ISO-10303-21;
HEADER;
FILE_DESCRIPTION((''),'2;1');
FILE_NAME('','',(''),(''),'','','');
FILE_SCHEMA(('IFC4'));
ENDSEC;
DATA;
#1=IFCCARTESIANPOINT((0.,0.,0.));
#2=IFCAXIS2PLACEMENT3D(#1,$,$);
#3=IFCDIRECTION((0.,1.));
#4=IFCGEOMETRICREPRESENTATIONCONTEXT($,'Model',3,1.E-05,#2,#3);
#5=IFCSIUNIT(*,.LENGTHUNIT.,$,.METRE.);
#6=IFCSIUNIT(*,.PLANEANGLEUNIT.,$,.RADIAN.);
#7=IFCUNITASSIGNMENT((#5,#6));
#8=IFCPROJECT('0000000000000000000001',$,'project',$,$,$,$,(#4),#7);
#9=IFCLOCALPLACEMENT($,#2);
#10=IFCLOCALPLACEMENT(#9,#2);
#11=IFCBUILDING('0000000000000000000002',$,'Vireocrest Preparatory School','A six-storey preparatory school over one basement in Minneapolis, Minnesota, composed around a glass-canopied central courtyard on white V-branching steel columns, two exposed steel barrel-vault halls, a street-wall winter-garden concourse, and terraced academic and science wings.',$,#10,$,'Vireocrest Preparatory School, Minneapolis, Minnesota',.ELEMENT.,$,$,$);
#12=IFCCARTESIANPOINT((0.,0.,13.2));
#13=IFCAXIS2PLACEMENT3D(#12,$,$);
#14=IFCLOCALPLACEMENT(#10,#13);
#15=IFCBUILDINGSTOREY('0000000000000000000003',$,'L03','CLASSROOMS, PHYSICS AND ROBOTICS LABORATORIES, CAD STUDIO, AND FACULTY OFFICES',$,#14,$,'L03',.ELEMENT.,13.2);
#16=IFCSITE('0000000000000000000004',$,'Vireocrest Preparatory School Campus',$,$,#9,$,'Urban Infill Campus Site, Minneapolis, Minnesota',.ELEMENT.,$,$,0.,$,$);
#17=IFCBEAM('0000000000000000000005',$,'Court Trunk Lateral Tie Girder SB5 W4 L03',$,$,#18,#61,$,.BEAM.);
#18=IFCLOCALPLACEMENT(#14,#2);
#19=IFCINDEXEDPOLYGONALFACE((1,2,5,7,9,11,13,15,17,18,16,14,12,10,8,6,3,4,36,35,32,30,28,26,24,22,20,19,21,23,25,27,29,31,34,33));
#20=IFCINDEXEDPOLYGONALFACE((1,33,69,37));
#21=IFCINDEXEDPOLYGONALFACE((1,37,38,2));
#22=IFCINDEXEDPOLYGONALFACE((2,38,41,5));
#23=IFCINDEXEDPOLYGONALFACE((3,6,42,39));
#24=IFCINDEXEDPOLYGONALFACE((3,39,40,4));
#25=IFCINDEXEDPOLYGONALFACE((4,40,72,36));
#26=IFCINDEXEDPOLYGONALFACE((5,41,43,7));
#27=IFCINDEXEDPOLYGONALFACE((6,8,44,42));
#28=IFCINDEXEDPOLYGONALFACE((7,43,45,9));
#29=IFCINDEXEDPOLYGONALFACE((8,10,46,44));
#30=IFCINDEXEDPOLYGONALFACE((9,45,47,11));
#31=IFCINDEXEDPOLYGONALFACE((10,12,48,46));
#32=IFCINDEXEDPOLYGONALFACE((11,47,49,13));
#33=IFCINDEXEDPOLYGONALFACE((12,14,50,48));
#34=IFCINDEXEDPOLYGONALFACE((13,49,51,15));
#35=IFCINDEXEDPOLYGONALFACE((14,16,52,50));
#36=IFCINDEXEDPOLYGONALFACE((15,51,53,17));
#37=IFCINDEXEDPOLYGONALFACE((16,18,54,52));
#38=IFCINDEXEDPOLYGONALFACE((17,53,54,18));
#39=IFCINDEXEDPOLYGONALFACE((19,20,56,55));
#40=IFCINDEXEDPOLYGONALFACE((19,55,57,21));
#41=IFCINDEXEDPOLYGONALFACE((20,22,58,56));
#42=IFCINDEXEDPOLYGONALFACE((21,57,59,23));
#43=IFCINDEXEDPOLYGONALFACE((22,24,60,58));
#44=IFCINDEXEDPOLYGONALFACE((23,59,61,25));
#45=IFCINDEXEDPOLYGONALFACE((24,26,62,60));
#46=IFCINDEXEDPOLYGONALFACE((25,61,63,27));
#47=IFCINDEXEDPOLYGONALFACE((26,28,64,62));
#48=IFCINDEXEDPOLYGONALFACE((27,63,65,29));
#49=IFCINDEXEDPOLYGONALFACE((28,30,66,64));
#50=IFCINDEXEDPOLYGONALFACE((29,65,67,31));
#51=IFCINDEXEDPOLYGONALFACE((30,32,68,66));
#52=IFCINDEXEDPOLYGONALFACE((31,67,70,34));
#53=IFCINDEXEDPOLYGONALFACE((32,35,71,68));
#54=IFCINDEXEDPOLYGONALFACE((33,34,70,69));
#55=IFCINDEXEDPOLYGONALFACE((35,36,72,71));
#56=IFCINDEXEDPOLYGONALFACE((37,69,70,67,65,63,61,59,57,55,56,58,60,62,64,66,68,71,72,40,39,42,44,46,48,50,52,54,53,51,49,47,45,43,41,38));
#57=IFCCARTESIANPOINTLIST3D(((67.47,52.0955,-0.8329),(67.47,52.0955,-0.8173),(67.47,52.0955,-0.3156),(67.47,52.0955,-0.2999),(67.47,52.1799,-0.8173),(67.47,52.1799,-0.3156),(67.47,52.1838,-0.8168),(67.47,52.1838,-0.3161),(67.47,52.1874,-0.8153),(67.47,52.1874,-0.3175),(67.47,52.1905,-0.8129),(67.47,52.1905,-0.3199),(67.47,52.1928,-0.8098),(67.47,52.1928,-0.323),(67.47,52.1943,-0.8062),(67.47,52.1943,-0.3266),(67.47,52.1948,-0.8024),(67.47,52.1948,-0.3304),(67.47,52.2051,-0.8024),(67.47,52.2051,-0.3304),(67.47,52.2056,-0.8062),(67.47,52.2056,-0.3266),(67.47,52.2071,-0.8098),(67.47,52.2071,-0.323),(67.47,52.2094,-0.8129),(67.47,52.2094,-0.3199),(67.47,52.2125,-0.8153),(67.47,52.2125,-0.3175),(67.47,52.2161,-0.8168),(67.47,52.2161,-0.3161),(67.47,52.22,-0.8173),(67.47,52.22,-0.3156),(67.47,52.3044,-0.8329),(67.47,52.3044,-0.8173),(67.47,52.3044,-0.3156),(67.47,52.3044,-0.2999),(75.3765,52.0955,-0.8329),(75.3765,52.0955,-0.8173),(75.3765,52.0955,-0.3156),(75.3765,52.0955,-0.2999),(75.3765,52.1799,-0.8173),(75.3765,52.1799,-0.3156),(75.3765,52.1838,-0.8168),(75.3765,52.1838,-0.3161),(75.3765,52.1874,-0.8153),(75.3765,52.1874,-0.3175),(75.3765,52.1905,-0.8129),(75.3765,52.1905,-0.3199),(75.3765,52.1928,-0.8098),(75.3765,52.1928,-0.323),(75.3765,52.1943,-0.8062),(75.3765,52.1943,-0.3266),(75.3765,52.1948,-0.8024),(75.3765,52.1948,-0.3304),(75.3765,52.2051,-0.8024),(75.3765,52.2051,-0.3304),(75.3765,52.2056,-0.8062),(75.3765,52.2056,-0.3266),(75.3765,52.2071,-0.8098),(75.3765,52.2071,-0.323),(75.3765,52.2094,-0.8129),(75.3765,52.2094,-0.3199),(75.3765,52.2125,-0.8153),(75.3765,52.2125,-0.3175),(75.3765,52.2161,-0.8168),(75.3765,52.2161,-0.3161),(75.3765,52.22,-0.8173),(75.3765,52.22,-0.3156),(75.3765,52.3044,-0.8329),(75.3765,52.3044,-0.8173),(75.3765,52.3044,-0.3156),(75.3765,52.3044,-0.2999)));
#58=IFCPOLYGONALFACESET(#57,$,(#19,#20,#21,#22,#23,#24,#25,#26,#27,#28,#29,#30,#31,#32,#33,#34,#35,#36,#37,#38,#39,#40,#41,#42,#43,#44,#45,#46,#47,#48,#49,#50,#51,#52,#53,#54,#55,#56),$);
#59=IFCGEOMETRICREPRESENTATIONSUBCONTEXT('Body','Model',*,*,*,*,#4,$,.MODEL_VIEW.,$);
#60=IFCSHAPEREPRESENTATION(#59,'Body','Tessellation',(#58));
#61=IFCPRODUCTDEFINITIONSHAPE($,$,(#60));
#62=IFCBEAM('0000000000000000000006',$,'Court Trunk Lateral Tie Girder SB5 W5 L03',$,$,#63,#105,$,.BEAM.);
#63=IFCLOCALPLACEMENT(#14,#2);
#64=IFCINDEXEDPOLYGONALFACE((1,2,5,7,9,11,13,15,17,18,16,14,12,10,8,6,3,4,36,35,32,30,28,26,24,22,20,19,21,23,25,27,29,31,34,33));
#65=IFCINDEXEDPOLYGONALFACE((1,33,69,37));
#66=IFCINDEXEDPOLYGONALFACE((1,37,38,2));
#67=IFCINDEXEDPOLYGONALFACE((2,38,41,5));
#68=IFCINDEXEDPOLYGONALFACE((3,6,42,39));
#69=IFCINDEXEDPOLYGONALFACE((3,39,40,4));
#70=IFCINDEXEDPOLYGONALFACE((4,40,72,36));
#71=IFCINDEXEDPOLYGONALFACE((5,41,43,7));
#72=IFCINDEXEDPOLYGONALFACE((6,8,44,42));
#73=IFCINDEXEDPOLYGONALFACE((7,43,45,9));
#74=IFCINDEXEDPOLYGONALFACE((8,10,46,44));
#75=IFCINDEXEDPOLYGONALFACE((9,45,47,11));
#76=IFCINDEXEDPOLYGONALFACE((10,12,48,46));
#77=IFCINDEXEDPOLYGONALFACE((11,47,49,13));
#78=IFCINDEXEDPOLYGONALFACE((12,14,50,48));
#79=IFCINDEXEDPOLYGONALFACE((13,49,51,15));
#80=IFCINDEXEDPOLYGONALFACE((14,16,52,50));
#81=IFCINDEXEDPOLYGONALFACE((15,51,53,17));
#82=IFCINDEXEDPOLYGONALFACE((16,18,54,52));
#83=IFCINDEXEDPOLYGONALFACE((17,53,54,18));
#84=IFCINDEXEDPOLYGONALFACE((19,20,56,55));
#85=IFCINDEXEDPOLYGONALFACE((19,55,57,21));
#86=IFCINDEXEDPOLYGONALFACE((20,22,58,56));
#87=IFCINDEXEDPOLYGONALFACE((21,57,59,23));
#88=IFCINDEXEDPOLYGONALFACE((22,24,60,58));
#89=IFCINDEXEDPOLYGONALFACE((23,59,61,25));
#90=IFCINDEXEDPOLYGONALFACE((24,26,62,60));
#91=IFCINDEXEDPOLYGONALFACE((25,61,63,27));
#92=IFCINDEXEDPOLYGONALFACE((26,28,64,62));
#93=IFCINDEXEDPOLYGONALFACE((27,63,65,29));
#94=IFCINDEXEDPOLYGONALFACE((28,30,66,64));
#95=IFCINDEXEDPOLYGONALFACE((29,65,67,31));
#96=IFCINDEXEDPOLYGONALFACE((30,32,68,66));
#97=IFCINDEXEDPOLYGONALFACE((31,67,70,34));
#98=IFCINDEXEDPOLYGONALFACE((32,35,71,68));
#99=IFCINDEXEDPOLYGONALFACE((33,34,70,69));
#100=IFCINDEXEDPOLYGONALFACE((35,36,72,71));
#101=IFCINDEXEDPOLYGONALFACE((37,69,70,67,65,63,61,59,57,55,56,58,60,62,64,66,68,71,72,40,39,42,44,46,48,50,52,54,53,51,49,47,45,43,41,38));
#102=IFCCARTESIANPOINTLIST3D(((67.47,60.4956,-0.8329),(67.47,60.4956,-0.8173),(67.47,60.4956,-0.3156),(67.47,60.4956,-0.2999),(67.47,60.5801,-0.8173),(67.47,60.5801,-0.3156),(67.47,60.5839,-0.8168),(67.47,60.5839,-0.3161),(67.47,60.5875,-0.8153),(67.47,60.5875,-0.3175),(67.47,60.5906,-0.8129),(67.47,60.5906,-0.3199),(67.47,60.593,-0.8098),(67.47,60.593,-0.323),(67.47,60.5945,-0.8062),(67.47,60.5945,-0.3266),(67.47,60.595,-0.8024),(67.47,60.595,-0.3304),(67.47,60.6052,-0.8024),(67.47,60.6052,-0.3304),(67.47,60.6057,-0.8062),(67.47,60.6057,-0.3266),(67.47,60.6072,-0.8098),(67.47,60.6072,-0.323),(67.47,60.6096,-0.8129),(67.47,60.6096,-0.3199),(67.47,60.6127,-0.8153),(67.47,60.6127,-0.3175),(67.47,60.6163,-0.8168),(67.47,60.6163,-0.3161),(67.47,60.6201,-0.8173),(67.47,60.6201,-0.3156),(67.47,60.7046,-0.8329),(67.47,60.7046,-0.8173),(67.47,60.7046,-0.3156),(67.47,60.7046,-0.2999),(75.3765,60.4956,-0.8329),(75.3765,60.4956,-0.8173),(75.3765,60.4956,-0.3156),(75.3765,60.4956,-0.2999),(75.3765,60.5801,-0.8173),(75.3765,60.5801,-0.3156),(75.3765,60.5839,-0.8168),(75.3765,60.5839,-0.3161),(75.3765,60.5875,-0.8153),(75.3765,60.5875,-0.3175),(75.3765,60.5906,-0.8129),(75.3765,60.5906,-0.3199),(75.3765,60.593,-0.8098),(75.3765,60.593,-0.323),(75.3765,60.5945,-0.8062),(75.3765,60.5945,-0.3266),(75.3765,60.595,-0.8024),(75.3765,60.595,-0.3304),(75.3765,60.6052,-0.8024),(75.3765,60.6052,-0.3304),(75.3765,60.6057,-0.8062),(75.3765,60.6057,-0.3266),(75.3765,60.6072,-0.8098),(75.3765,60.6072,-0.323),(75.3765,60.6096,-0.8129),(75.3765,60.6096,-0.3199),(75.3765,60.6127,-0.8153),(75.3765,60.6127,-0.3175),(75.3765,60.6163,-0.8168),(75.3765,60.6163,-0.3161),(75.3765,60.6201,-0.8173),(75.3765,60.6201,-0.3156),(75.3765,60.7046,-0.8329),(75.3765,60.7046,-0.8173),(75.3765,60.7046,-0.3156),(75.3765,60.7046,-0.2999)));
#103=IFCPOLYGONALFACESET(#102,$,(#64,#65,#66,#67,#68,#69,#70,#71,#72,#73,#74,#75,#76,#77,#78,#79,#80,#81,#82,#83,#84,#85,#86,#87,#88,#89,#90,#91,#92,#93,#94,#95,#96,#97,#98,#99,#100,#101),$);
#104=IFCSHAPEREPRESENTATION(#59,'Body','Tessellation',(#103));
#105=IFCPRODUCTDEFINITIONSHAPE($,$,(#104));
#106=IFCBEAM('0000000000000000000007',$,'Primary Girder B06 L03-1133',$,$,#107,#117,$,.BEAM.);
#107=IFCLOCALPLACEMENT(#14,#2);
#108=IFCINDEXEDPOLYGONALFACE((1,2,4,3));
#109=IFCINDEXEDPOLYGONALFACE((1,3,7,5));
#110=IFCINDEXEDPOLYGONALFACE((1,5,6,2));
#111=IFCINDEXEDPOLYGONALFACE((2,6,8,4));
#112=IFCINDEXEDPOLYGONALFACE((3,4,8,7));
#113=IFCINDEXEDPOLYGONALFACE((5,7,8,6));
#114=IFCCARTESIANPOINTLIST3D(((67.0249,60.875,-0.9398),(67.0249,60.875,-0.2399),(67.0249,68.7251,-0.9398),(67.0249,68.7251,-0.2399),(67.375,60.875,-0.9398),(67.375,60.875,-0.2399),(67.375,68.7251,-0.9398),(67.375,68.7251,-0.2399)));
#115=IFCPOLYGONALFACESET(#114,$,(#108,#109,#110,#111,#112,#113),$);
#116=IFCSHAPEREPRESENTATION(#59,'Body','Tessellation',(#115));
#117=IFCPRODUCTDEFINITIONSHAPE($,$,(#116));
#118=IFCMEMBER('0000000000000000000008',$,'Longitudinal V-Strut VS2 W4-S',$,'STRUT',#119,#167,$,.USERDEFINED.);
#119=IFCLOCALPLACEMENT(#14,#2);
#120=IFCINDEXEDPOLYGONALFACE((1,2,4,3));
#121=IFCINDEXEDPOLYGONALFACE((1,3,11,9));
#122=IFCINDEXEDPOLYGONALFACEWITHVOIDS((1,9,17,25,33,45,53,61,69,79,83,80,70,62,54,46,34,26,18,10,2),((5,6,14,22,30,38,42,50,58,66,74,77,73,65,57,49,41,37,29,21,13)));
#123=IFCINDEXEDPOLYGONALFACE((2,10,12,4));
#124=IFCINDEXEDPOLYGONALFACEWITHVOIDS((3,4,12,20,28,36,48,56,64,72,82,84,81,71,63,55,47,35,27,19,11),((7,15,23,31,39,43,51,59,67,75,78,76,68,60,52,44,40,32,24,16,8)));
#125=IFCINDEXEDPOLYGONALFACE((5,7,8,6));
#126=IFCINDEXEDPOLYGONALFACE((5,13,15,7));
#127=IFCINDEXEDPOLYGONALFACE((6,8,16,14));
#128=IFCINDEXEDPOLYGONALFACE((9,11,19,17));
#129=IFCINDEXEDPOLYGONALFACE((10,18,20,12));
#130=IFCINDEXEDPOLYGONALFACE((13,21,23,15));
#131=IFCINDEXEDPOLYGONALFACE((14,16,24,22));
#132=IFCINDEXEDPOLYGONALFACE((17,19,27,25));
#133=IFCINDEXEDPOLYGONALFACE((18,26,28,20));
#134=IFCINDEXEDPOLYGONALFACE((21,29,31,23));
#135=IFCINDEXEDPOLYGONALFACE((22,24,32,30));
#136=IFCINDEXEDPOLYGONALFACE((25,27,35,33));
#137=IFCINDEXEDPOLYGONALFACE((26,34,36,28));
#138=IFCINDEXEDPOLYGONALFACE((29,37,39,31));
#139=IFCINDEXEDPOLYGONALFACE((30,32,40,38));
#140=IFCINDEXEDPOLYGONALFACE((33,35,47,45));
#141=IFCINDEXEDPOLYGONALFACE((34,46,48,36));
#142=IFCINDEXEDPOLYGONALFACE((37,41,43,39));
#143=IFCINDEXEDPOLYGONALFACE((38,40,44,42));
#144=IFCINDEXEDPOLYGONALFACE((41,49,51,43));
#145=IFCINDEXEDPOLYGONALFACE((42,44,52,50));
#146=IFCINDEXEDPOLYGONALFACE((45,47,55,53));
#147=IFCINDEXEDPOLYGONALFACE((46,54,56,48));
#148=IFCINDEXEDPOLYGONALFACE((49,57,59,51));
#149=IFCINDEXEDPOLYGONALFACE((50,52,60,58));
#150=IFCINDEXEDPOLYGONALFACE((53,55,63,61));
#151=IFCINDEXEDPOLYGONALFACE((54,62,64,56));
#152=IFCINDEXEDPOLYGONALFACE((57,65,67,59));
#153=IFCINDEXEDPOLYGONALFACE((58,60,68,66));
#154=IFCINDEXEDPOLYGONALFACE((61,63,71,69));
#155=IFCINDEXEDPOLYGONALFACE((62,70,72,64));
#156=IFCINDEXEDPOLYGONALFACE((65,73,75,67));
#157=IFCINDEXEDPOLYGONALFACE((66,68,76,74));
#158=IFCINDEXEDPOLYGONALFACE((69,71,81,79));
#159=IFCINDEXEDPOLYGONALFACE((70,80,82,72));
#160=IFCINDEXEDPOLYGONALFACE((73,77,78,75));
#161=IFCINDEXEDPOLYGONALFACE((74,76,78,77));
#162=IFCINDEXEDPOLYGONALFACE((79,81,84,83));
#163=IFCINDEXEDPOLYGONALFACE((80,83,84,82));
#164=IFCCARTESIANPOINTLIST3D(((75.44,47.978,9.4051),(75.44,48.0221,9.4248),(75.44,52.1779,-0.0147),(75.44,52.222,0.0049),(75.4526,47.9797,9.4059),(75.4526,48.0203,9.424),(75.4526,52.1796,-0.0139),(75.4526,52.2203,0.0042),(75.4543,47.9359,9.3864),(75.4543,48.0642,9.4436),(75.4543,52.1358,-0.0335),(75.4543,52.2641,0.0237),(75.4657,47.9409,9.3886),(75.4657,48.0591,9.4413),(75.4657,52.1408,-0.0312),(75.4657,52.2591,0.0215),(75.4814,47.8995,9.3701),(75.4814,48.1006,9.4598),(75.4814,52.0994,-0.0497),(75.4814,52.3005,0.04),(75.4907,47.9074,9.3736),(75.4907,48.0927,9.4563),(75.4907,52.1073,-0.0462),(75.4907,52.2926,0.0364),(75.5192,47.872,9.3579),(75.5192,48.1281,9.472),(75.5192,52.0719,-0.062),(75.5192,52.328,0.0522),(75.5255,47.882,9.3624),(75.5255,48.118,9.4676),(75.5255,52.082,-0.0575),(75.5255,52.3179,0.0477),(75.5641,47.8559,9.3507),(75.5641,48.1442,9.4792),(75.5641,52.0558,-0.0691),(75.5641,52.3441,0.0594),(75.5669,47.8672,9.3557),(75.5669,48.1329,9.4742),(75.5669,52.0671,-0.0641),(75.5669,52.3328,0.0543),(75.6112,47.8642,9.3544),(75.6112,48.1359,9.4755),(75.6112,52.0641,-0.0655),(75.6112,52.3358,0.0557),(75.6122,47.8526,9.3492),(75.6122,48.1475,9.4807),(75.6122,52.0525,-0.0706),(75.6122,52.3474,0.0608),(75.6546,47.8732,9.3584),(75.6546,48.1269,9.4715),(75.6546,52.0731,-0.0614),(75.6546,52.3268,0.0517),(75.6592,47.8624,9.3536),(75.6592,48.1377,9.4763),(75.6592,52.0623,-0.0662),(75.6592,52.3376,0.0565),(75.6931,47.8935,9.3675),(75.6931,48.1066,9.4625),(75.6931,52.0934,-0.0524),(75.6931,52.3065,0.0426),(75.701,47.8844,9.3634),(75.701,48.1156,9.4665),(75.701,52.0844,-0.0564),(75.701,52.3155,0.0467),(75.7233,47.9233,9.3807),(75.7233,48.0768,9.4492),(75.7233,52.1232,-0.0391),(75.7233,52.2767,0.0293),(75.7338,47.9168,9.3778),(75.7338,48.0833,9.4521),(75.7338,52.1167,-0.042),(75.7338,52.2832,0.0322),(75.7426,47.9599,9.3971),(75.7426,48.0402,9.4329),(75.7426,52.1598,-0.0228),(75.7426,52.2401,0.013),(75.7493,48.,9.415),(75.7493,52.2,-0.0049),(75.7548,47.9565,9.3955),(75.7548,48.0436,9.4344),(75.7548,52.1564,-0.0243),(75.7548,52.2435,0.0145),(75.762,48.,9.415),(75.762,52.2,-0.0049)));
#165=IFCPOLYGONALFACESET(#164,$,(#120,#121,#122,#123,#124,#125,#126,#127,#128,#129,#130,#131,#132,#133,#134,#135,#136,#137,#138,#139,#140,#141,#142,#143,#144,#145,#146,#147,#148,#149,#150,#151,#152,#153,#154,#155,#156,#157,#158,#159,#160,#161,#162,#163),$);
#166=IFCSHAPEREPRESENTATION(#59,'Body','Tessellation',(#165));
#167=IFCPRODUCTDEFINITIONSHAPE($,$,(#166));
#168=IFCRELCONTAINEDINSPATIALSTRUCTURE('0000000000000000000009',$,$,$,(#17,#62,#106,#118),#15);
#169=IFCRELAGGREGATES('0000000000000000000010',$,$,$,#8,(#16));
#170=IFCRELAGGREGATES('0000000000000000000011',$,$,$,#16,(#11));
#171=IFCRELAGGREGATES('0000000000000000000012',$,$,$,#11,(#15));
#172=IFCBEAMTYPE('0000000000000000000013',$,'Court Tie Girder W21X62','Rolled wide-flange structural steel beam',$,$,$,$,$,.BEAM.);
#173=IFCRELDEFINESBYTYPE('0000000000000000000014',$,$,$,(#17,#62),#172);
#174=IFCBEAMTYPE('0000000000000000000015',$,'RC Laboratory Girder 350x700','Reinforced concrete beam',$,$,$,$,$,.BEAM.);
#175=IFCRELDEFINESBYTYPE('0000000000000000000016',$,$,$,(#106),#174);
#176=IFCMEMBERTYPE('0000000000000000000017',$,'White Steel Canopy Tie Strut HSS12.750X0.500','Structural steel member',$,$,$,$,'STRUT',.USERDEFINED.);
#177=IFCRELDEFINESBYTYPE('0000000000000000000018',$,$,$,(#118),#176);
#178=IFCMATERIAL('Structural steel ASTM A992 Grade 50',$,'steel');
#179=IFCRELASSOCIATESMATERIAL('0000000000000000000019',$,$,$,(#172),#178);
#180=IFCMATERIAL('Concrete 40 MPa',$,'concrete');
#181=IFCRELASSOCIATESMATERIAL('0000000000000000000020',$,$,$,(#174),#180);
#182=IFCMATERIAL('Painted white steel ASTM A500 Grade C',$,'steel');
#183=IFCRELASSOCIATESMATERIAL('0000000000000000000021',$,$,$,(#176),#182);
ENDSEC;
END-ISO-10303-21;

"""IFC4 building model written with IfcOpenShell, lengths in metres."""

from ifc_helpers import new_model, si_unit, direction, frame, origin, origin_2d, place, context, subcontext, project, spatial, rectangle, hollow_circle, i_section, extrude, material, material_profile, profile_set, type_object, element, save


model = new_model("IFC4")

# Units and contexts
model_context = context("Model", 3, precision=1e-05, world=origin(), true_north=direction((0.0, 1.0)))
body_context = subcontext(model_context, "Body", "Model", "MODEL_VIEW")
ifc_project = project(units=[si_unit("LENGTHUNIT", "METRE"), si_unit("PLANEANGLEUNIT", "RADIAN")], contexts=[model_context])

# Site, building, storey
site_placement = place(None, origin())
site = spatial("IfcSite", under=ifc_project, at=site_placement, Name="Vireocrest Preparatory School Campus", LongName="Urban Infill Campus Site, Minneapolis, Minnesota", CompositionType="ELEMENT", RefElevation=0.0)
building_placement = place(site_placement, origin())
building = spatial("IfcBuilding", under=site, at=building_placement, Name="Vireocrest Preparatory School", Description="A six-storey preparatory school over one basement in Minneapolis, Minnesota, composed around a glass-canopied central courtyard on white V-branching steel columns, two exposed steel barrel-vault halls, a street-wall winter-garden concourse, and terraced academic and science wings.", LongName="Vireocrest Preparatory School, Minneapolis, Minnesota", CompositionType="ELEMENT")
storey_placement = place(building_placement, frame((0.0, 0.0, 13.2)))
storey = spatial("IfcBuildingStorey", under=building, at=storey_placement, Name="L03", Description="CLASSROOMS, PHYSICS AND ROBOTICS LABORATORIES, CAD STUDIO, AND FACULTY OFFICES", LongName="L03", CompositionType="ELEMENT", Elevation=13.2)

# Beams
ifc_material_1 = material(Name="Structural steel ASTM A992 Grade 50", Category="steel")
ifc_material_profile_1 = material_profile(ifc_material_1, i_section(OverallWidth=0.209, OverallDepth=0.533, WebThickness=0.0103, FlangeThickness=0.0156, FilletRadius=0.0149, at=origin_2d()), Name="W21X62")
ifc_profile_set_1 = profile_set([ifc_material_profile_1], Name="Structural steel ASTM A992 Grade 50")
beam_type_1 = type_object("IfcBeamType", Name="Court Tie Girder W21X62", Description="Rolled wide-flange structural steel beam", PredefinedType="BEAM", material=ifc_profile_set_1)
for number, where, z_axis, x_axis, name in (
    (1, (67.47, 52.2, -0.5664), (1.0, 0.0, 0.0), (0.0, 1.0, 0.0), "Court Trunk Lateral Tie Girder SB5 W4 L03"),
    (2, (67.47, 60.6001, -0.5664), (1.0, 0.0, 0.0), (0.0, 1.0, 0.0), "Court Trunk Lateral Tie Girder SB5 W5 L03"),
):
    element("IfcBeam", number, at=place(storey_placement, frame(where, z_axis=z_axis, x_axis=x_axis)), inside=storey, type_object=beam_type_1, Name=name, PredefinedType="BEAM", context=body_context, shape_type="SweptSolid", body=[
        extrude(i_section(OverallWidth=0.209, OverallDepth=0.533, WebThickness=0.0103, FlangeThickness=0.0156, FilletRadius=0.0149, at=origin_2d()), origin(), (0.0, 0.0, 1.0), 7.9065),
    ])
ifc_material_2 = material(Name="Concrete 40 MPa", Category="concrete")
ifc_material_profile_2 = material_profile(ifc_material_2, rectangle(XDim=0.3501, YDim=0.7, at=origin_2d()), Name="RC 350x700")
ifc_profile_set_2 = profile_set([ifc_material_profile_2], Name="Concrete 40 MPa")
beam_type_2 = type_object("IfcBeamType", Name="RC Laboratory Girder 350x700", Description="Reinforced concrete beam", PredefinedType="BEAM", material=ifc_profile_set_2)
beam_placement = place(storey_placement, frame((67.2, 60.875, -0.5898), z_axis=(0.0, 1.0, 0.0), x_axis=(-1.0, 0.0, 0.0)))
element("IfcBeam", 3, at=beam_placement, inside=storey, type_object=beam_type_2, Name="Primary Girder B06 L03-1133", PredefinedType="BEAM", context=body_context, shape_type="SweptSolid", body=[
    extrude(rectangle(XDim=0.3501, YDim=0.7, at=origin_2d()), origin(), (0.0, 0.0, 1.0), 7.8501),
])

# Member
ifc_material_3 = material(Name="Painted white steel ASTM A500 Grade C", Category="steel")
ifc_material_profile_3 = material_profile(ifc_material_3, hollow_circle(Radius=0.1619, WallThickness=0.0127, at=origin_2d()), Name="HSS12.750X0.500")
ifc_profile_set_3 = profile_set([ifc_material_profile_3], Name="Painted white steel ASTM A500 Grade C")
member_type_1 = type_object("IfcMemberType", Name="White Steel Canopy Tie Strut HSS12.750X0.500", Description="Structural steel member", ElementType="STRUT", PredefinedType="USERDEFINED", material=ifc_profile_set_3)
for number, where, z_axis, x_axis, name in (
    (4, (75.6001, 52.2, -0.0049), (0.0, -0.407217, 0.913332), (1.0, 0.0, 0.0), "Longitudinal V-Strut VS2 W4-S"),
):
    element("IfcMember", number, at=place(storey_placement, frame(where, z_axis=z_axis, x_axis=x_axis)), inside=storey, type_object=member_type_1, Name=name, ObjectType="STRUT", PredefinedType="USERDEFINED", context=body_context, shape_type="SweptSolid", body=[
        extrude(hollow_circle(Radius=0.1619, WallThickness=0.0127, at=origin_2d()), origin(), (0.0, 0.0, 1.0), 10.3137),
    ])

save(model, "model.ifc")
